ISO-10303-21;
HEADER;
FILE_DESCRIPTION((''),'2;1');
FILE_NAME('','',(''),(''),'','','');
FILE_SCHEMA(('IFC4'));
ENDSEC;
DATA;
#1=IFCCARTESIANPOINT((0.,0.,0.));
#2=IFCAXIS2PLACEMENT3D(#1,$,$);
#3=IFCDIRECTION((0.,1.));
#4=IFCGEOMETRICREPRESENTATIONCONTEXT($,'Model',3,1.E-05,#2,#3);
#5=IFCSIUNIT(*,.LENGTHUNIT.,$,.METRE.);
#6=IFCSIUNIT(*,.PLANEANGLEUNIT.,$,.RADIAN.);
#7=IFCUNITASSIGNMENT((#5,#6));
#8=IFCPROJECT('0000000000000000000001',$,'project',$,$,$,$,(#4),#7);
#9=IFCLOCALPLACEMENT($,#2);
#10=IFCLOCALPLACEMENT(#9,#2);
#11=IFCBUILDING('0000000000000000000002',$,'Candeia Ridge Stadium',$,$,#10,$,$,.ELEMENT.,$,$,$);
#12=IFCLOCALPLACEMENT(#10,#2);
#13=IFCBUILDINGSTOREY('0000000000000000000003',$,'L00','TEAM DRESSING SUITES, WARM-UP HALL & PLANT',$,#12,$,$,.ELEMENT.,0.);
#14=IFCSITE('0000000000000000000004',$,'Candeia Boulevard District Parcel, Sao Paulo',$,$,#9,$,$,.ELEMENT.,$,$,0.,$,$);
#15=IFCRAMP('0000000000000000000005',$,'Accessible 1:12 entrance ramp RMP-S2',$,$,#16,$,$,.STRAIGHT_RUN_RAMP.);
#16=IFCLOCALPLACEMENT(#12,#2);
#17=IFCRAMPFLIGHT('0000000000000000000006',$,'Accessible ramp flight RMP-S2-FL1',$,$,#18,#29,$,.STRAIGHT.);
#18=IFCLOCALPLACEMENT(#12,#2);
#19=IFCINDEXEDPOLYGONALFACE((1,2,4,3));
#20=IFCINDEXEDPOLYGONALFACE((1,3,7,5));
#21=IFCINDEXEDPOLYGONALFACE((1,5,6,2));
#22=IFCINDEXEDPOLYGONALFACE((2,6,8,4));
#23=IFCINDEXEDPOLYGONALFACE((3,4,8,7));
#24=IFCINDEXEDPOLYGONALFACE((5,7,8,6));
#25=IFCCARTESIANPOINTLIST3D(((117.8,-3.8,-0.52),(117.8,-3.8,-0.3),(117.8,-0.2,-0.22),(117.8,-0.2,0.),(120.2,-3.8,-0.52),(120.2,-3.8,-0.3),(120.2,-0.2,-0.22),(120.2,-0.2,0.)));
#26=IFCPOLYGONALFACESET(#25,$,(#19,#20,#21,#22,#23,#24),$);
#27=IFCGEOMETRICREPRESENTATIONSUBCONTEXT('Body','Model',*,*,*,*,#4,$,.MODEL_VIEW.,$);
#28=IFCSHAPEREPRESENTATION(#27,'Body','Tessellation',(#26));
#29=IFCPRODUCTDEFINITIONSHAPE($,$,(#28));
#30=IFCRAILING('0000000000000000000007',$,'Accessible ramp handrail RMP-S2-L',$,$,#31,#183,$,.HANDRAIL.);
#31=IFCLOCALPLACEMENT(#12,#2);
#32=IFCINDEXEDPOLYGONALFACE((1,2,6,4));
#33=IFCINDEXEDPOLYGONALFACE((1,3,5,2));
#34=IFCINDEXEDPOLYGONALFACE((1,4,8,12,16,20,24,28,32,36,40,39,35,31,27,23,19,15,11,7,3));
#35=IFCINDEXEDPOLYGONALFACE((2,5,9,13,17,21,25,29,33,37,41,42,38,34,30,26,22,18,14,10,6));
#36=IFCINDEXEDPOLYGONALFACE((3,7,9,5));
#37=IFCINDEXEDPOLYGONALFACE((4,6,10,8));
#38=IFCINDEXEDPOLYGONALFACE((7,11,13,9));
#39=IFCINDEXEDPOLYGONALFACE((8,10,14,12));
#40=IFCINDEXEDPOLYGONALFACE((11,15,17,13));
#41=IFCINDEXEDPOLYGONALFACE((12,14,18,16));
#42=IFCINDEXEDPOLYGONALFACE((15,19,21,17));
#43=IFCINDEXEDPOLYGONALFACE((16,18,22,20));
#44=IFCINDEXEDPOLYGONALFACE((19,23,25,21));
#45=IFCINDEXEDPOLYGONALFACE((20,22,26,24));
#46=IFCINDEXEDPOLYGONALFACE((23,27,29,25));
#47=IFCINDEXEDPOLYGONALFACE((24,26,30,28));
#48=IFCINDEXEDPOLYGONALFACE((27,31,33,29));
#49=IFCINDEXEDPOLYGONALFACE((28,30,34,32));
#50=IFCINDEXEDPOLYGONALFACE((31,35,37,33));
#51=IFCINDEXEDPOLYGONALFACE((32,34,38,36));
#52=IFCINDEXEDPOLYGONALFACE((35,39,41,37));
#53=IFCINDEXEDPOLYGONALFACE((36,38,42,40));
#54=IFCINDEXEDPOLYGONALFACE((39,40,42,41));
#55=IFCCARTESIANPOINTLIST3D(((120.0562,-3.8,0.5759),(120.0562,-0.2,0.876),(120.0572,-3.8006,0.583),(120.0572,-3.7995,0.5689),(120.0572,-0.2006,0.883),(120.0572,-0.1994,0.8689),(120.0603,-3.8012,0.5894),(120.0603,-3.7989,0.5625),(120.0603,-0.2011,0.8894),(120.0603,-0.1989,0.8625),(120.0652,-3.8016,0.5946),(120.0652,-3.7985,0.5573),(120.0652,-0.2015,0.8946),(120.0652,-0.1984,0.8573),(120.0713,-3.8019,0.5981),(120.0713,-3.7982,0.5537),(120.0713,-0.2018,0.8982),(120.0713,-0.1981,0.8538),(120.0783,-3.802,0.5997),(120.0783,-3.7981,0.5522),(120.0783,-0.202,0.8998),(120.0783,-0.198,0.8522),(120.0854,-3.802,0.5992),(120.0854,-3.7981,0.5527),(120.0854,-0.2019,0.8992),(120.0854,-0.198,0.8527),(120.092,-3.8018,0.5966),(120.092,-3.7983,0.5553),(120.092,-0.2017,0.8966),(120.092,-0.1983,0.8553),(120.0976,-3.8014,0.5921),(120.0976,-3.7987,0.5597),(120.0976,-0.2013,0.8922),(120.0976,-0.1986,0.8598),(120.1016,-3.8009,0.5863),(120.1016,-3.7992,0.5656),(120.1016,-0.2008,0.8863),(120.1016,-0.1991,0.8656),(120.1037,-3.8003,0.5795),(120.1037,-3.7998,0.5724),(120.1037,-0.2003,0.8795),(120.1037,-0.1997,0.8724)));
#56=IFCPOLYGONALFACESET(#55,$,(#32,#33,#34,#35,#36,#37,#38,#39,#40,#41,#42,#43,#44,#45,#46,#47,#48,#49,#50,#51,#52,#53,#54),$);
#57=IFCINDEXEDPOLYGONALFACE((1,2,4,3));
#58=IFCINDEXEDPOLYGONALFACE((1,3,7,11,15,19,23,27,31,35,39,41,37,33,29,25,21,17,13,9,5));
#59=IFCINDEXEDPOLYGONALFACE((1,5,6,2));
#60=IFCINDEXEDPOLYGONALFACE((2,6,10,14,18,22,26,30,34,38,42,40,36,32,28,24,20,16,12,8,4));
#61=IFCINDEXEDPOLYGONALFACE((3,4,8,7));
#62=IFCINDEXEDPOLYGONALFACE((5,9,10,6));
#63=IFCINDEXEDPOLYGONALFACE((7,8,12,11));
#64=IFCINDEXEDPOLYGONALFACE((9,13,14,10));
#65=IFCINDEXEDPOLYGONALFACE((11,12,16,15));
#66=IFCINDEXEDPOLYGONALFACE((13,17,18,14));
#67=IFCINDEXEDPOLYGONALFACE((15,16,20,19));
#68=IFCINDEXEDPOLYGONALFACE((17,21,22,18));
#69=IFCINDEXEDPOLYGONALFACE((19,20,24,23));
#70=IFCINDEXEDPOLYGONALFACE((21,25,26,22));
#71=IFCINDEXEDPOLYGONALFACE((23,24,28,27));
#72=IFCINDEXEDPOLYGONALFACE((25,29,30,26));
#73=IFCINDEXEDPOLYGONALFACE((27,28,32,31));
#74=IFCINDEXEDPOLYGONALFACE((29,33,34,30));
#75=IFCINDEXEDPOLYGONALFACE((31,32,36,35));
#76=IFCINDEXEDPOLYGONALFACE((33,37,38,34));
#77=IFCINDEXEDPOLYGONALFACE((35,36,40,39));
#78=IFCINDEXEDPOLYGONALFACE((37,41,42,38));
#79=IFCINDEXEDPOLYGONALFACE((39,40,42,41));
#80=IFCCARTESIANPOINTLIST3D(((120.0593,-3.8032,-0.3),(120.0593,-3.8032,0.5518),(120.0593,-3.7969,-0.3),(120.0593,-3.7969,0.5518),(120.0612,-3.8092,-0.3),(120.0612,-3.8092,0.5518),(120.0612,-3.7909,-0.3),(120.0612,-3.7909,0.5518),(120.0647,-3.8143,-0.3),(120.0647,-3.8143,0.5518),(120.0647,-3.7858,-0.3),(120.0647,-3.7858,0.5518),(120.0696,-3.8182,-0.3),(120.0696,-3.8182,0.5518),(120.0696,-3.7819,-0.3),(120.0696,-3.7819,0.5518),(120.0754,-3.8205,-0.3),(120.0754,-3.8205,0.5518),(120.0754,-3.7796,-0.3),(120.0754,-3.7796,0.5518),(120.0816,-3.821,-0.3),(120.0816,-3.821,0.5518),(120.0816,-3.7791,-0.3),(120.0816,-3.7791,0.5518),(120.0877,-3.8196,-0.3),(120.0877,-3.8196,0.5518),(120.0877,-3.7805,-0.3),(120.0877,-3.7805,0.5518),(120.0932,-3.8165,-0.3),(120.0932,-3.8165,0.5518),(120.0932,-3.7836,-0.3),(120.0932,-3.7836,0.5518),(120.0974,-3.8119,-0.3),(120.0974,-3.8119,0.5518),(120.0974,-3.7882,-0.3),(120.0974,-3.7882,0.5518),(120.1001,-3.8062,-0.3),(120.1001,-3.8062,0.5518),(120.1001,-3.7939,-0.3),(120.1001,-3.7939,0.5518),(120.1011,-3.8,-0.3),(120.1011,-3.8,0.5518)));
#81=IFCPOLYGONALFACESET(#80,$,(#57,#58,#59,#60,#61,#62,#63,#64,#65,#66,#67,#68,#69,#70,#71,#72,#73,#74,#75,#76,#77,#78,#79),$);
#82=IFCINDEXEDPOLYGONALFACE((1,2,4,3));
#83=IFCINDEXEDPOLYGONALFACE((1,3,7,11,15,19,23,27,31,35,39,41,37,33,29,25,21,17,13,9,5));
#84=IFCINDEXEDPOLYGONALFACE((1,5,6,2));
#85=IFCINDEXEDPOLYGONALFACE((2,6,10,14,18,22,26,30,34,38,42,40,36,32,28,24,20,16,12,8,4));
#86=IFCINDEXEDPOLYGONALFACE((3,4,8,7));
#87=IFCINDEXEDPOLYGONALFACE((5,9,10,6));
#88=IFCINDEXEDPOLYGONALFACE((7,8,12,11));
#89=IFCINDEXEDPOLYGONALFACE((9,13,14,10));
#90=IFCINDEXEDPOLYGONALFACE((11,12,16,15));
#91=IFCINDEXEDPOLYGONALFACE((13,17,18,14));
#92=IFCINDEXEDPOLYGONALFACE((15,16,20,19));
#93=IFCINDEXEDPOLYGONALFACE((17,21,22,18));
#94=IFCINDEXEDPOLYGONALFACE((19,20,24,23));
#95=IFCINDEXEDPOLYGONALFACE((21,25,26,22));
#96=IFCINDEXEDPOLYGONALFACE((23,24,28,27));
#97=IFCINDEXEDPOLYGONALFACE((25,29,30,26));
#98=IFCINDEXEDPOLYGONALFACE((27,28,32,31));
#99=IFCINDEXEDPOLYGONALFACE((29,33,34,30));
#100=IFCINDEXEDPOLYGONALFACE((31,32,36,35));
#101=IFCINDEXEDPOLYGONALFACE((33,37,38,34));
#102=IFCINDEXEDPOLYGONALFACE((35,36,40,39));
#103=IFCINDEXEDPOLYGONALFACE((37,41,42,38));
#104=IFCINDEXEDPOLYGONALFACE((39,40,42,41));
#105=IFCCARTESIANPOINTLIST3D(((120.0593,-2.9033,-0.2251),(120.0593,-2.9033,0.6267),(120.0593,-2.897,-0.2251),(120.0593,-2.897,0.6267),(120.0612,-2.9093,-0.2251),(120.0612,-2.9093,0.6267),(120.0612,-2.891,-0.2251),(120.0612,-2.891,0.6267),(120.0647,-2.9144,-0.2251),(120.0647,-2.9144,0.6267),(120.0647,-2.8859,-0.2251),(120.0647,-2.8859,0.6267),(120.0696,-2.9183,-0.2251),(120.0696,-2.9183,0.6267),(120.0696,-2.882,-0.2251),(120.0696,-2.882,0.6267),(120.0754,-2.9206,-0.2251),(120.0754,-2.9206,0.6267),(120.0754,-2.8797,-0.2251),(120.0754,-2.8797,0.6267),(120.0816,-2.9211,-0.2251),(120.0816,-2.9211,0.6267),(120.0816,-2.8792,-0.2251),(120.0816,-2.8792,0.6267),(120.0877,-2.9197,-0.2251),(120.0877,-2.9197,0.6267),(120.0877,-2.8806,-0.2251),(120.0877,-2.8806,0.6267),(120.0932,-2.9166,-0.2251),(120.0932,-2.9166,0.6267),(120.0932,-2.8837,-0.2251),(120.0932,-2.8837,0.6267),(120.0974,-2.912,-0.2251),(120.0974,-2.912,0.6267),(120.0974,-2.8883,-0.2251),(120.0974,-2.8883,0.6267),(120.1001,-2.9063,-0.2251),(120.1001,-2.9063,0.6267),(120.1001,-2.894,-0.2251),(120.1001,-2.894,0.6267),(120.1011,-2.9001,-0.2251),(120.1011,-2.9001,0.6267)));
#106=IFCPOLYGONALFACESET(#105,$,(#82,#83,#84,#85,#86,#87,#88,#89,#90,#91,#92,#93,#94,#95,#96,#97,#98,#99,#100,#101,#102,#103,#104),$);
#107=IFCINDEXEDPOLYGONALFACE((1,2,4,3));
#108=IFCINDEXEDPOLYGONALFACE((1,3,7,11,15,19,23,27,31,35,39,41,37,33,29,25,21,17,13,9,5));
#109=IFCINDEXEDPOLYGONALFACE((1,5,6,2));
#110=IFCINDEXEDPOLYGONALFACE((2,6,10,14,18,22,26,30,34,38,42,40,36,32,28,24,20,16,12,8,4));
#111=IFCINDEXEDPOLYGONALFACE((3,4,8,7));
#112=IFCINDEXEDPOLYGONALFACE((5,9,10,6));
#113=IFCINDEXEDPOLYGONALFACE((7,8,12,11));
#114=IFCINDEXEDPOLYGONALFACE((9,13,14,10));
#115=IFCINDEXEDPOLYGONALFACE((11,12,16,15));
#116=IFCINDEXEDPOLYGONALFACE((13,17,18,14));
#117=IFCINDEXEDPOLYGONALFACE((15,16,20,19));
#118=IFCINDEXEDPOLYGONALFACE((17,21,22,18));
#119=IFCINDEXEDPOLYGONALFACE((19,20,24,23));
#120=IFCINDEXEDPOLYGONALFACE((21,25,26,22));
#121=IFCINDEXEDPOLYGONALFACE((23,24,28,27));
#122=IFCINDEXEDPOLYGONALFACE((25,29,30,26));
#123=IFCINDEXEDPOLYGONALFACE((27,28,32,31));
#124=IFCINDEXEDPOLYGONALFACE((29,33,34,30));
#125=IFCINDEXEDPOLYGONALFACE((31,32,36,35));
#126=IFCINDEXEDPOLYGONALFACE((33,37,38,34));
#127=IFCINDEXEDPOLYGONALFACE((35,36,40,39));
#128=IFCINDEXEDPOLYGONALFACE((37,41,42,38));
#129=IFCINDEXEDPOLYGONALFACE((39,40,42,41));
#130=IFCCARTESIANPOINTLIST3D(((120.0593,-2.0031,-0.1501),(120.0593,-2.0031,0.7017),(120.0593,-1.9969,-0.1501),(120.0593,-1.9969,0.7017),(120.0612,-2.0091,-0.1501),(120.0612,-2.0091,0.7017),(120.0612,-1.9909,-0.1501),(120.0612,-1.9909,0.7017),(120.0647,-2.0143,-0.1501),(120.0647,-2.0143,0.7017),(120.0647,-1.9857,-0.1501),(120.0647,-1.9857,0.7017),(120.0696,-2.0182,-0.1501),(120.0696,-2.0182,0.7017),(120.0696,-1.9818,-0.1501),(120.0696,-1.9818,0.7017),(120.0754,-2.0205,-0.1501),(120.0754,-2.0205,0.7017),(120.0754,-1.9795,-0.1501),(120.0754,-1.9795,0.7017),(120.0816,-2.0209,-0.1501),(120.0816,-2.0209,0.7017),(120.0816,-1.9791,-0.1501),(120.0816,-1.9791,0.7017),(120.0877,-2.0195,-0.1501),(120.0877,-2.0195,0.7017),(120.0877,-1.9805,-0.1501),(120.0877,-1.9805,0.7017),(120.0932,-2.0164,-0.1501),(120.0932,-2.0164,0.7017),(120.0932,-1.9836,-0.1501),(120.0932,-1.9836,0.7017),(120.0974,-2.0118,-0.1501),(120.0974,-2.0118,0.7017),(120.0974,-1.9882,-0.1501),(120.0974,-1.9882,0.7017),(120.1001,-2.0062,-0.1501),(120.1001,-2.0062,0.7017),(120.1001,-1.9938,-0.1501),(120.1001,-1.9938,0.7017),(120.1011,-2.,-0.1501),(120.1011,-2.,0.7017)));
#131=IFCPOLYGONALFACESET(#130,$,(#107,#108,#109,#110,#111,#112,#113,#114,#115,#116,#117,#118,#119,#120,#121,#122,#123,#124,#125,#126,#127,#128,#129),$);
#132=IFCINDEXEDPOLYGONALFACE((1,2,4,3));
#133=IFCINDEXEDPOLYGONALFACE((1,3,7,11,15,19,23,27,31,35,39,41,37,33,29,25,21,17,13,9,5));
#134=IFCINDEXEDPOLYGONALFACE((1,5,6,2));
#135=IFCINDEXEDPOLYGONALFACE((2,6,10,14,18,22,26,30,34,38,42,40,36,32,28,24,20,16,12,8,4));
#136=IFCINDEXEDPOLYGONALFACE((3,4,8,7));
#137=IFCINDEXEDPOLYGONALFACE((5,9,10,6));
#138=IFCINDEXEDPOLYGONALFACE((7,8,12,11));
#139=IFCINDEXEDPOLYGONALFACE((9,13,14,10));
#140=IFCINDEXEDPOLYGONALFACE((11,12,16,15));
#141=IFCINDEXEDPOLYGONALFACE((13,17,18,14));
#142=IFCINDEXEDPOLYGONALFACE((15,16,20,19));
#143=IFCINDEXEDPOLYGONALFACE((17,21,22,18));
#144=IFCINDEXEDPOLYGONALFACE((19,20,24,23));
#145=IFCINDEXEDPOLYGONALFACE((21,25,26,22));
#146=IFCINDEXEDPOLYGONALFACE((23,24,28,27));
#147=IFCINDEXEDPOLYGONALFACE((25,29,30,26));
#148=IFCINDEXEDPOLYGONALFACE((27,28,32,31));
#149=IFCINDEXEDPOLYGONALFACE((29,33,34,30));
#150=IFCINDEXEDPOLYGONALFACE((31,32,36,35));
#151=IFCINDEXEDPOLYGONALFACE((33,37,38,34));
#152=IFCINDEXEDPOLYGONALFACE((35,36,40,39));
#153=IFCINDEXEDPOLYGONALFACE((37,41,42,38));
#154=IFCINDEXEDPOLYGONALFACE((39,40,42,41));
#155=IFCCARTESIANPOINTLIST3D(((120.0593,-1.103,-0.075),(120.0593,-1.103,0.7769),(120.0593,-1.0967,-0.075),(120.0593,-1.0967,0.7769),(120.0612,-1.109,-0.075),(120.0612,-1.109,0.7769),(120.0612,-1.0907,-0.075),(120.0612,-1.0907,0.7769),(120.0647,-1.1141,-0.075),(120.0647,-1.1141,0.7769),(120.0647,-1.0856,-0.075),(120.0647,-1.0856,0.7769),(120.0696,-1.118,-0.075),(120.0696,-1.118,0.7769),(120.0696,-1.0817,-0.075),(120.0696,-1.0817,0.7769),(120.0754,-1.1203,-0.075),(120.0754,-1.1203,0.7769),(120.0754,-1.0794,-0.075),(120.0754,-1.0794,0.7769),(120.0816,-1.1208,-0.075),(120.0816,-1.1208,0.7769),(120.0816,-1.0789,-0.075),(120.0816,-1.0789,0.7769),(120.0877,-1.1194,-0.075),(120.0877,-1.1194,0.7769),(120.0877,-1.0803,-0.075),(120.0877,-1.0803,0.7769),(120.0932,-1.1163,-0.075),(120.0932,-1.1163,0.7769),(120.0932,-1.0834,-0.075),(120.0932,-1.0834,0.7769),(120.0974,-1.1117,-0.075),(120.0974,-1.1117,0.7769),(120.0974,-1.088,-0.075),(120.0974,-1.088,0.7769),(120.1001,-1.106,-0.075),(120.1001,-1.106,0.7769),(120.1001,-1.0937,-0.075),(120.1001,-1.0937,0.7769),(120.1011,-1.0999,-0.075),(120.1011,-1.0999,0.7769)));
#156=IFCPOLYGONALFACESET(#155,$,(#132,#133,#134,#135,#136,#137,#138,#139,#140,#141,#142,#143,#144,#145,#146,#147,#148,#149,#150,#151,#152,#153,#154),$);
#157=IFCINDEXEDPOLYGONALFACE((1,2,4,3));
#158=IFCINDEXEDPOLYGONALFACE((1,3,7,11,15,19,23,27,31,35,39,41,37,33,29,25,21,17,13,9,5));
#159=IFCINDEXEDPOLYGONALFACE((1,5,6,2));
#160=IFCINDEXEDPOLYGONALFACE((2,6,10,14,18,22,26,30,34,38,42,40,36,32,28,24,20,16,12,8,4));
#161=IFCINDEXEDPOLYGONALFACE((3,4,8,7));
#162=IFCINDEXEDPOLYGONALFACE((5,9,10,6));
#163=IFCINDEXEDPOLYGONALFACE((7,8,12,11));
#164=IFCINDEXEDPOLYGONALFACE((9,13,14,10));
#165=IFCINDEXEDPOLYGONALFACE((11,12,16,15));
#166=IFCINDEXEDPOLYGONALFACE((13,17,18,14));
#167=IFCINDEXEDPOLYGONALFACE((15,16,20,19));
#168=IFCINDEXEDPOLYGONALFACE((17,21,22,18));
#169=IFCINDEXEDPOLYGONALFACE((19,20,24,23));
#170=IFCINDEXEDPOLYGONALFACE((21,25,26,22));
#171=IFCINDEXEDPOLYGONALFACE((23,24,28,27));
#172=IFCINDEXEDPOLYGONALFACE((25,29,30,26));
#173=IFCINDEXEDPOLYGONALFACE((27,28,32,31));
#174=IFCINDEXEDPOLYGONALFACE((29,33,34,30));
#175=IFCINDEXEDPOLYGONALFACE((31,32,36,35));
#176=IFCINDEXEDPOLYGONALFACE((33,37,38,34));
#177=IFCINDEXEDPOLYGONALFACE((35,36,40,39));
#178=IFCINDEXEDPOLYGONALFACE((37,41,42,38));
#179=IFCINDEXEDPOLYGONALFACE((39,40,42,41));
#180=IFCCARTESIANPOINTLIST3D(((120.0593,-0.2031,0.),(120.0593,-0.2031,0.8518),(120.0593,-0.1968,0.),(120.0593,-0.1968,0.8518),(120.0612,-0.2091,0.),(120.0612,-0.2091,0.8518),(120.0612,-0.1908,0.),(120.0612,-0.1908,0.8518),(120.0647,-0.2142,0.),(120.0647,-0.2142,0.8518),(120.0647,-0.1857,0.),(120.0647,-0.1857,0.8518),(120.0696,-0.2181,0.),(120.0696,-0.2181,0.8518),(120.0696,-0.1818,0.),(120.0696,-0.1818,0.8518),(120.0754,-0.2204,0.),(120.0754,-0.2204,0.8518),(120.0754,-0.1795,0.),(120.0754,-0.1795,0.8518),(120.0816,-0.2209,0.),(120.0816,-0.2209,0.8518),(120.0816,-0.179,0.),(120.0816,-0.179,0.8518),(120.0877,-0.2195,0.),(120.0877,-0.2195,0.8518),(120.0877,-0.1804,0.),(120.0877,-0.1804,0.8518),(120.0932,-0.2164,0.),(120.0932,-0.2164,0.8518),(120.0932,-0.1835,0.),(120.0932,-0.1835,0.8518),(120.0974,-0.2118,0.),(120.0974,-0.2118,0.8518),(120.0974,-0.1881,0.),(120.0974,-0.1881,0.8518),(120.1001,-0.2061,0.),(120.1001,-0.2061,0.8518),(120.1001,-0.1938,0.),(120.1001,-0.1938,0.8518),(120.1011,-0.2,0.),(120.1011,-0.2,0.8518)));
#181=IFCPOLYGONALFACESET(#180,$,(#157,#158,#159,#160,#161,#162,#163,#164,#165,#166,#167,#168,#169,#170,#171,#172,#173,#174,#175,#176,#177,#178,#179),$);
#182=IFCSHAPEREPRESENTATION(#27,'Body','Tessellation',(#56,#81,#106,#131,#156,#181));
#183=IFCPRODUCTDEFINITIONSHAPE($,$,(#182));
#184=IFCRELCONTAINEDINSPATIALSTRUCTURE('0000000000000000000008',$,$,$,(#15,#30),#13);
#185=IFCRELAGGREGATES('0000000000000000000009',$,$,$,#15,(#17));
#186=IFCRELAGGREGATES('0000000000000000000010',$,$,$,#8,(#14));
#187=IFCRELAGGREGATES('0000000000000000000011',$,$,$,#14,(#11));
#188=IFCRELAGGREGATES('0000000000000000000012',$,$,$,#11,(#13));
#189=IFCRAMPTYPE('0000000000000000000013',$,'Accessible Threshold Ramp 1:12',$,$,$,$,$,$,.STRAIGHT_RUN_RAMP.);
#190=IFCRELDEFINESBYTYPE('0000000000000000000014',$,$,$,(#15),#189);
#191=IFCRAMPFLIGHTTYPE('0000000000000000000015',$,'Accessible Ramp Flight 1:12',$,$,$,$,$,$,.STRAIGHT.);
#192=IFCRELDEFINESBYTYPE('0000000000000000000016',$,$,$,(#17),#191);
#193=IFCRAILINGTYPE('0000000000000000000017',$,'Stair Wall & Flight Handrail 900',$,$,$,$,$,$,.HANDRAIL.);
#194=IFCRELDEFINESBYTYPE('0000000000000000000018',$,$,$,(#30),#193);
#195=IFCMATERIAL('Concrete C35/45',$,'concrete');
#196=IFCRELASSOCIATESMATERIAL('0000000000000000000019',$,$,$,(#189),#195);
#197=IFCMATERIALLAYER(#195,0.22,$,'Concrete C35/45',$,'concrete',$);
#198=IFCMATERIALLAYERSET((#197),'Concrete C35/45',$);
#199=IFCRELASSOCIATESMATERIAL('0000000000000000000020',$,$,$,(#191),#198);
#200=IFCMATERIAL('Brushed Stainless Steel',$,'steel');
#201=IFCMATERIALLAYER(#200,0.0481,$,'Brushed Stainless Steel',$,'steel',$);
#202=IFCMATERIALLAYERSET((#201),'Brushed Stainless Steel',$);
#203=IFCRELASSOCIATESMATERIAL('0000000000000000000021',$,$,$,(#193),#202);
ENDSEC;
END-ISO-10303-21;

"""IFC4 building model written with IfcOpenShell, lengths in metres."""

from ifc_helpers import new_model, si_unit, direction, frame, origin, origin_2d, place, context, subcontext, project, spatial, polyline, circle, outline, extrude, material, layer, layer_set, type_object, element, aggregate, save


model = new_model("IFC4")

# Units and contexts
model_context = context("Model", 3, precision=1e-05, world=origin(), true_north=direction((0.0, 1.0)))
body_context = subcontext(model_context, "Body", "Model", "MODEL_VIEW")
ifc_project = project(units=[si_unit("LENGTHUNIT", "METRE"), si_unit("PLANEANGLEUNIT", "RADIAN")], contexts=[model_context])

# Site, building, storey
site_placement = place(None, origin())
site = spatial("IfcSite", under=ifc_project, at=site_placement, Name="Candeia Boulevard District Parcel, Sao Paulo", CompositionType="ELEMENT", RefElevation=0.0)
building_placement = place(site_placement, origin())
building = spatial("IfcBuilding", under=site, at=building_placement, Name="Candeia Ridge Stadium", CompositionType="ELEMENT")
storey_placement = place(building_placement, origin())
storey = spatial("IfcBuildingStorey", under=building, at=storey_placement, Name="L00", Description="TEAM DRESSING SUITES, WARM-UP HALL & PLANT", CompositionType="ELEMENT", Elevation=0.0)

# Shared definitions
ifc_material_1 = material(Name="Concrete C35/45", Category="concrete")

# Ramp, ramp flight
ramp_type = type_object("IfcRampType", Name="Accessible Threshold Ramp 1:12", PredefinedType="STRAIGHT_RUN_RAMP", material=ifc_material_1)
ramp_placement = place(storey_placement, origin())
ramp = element("IfcRamp", 1, at=ramp_placement, inside=storey, type_object=ramp_type, Name="Accessible 1:12 entrance ramp RMP-S2", PredefinedType="STRAIGHT_RUN_RAMP")
ifc_layer_1 = layer(ifc_material_1, 0.22, Name="Concrete C35/45", Category="concrete")
ifc_layer_set_1 = layer_set([ifc_layer_1], Name="Concrete C35/45")
ramp_flight_type = type_object("IfcRampFlightType", Name="Accessible Ramp Flight 1:12", PredefinedType="STRAIGHT", material=ifc_layer_set_1)
ramp_flight_placement = place(storey_placement, frame((119.0, -3.8, -0.3), z_axis=(0.0, 0.0, 1.0), x_axis=(0.0, 1.0, 0.0)))
ramp_flight = element("IfcRampFlight", 2, at=ramp_flight_placement, type_object=ramp_flight_type, Name="Accessible ramp flight RMP-S2-FL1", PredefinedType="STRAIGHT", context=body_context, shape_type="SweptSolid", body=[
    extrude(outline(polyline([(0.0, 0.0), (3.6001, 0.3), (3.6001, 0.0801), (0.0, -0.22), (0.0, 0.0)])), frame((0.0, 1.2, 0.0), z_axis=(0.0, -1.0, 0.0), x_axis=(1.0, 0.0, 0.0)), (0.0, 0.0, 1.0), 2.3999),
])
aggregate(ramp, [ramp_flight])

# Railing
ifc_material_2 = material(Name="Brushed Stainless Steel", Category="steel")
ifc_layer_2 = layer(ifc_material_2, 0.0481, Name="Brushed Stainless Steel", Category="steel")
ifc_layer_set_2 = layer_set([ifc_layer_2], Name="Brushed Stainless Steel")
railing_type_1 = type_object("IfcRailingType", Name="Stair Wall & Flight Handrail 900", PredefinedType="HANDRAIL", material=ifc_layer_set_2)
for number, where, name in (
    (3, (120.0801, -3.8, -0.3), "Accessible ramp handrail RMP-S2-L"),
):
    element("IfcRailing", number, at=place(storey_placement, frame(where)), inside=storey, type_object=railing_type_1, Name=name, PredefinedType="HANDRAIL", context=body_context, shape_type="SweptSolid", body=[
        extrude(circle(Radius=0.0239, at=origin_2d()), frame((0.0, 0.0, 0.876), z_axis=(0.0, 0.996545, 0.083057), x_axis=(-1.0, 0.0, 0.0)), (0.0, 0.0, 1.0), 3.6125),
        extrude(circle(Radius=0.021, at=origin_2d()), origin(), (0.0, 0.0, 1.0), 0.8518),
        extrude(circle(Radius=0.021, at=origin_2d()), frame((0.0, 0.8999, 0.075)), (0.0, 0.0, 1.0), 0.8518),
        extrude(circle(Radius=0.021, at=origin_2d()), frame((0.0, 1.8, 0.1499)), (0.0, 0.0, 1.0), 0.8518),
        extrude(circle(Radius=0.021, at=origin_2d()), frame((0.0, 2.7002, 0.2251)), (0.0, 0.0, 1.0), 0.8518),
        extrude(circle(Radius=0.021, at=origin_2d()), frame((0.0, 3.6001, 0.3)), (0.0, 0.0, 1.0), 0.8518),
    ])

save(model, "model.ifc")
